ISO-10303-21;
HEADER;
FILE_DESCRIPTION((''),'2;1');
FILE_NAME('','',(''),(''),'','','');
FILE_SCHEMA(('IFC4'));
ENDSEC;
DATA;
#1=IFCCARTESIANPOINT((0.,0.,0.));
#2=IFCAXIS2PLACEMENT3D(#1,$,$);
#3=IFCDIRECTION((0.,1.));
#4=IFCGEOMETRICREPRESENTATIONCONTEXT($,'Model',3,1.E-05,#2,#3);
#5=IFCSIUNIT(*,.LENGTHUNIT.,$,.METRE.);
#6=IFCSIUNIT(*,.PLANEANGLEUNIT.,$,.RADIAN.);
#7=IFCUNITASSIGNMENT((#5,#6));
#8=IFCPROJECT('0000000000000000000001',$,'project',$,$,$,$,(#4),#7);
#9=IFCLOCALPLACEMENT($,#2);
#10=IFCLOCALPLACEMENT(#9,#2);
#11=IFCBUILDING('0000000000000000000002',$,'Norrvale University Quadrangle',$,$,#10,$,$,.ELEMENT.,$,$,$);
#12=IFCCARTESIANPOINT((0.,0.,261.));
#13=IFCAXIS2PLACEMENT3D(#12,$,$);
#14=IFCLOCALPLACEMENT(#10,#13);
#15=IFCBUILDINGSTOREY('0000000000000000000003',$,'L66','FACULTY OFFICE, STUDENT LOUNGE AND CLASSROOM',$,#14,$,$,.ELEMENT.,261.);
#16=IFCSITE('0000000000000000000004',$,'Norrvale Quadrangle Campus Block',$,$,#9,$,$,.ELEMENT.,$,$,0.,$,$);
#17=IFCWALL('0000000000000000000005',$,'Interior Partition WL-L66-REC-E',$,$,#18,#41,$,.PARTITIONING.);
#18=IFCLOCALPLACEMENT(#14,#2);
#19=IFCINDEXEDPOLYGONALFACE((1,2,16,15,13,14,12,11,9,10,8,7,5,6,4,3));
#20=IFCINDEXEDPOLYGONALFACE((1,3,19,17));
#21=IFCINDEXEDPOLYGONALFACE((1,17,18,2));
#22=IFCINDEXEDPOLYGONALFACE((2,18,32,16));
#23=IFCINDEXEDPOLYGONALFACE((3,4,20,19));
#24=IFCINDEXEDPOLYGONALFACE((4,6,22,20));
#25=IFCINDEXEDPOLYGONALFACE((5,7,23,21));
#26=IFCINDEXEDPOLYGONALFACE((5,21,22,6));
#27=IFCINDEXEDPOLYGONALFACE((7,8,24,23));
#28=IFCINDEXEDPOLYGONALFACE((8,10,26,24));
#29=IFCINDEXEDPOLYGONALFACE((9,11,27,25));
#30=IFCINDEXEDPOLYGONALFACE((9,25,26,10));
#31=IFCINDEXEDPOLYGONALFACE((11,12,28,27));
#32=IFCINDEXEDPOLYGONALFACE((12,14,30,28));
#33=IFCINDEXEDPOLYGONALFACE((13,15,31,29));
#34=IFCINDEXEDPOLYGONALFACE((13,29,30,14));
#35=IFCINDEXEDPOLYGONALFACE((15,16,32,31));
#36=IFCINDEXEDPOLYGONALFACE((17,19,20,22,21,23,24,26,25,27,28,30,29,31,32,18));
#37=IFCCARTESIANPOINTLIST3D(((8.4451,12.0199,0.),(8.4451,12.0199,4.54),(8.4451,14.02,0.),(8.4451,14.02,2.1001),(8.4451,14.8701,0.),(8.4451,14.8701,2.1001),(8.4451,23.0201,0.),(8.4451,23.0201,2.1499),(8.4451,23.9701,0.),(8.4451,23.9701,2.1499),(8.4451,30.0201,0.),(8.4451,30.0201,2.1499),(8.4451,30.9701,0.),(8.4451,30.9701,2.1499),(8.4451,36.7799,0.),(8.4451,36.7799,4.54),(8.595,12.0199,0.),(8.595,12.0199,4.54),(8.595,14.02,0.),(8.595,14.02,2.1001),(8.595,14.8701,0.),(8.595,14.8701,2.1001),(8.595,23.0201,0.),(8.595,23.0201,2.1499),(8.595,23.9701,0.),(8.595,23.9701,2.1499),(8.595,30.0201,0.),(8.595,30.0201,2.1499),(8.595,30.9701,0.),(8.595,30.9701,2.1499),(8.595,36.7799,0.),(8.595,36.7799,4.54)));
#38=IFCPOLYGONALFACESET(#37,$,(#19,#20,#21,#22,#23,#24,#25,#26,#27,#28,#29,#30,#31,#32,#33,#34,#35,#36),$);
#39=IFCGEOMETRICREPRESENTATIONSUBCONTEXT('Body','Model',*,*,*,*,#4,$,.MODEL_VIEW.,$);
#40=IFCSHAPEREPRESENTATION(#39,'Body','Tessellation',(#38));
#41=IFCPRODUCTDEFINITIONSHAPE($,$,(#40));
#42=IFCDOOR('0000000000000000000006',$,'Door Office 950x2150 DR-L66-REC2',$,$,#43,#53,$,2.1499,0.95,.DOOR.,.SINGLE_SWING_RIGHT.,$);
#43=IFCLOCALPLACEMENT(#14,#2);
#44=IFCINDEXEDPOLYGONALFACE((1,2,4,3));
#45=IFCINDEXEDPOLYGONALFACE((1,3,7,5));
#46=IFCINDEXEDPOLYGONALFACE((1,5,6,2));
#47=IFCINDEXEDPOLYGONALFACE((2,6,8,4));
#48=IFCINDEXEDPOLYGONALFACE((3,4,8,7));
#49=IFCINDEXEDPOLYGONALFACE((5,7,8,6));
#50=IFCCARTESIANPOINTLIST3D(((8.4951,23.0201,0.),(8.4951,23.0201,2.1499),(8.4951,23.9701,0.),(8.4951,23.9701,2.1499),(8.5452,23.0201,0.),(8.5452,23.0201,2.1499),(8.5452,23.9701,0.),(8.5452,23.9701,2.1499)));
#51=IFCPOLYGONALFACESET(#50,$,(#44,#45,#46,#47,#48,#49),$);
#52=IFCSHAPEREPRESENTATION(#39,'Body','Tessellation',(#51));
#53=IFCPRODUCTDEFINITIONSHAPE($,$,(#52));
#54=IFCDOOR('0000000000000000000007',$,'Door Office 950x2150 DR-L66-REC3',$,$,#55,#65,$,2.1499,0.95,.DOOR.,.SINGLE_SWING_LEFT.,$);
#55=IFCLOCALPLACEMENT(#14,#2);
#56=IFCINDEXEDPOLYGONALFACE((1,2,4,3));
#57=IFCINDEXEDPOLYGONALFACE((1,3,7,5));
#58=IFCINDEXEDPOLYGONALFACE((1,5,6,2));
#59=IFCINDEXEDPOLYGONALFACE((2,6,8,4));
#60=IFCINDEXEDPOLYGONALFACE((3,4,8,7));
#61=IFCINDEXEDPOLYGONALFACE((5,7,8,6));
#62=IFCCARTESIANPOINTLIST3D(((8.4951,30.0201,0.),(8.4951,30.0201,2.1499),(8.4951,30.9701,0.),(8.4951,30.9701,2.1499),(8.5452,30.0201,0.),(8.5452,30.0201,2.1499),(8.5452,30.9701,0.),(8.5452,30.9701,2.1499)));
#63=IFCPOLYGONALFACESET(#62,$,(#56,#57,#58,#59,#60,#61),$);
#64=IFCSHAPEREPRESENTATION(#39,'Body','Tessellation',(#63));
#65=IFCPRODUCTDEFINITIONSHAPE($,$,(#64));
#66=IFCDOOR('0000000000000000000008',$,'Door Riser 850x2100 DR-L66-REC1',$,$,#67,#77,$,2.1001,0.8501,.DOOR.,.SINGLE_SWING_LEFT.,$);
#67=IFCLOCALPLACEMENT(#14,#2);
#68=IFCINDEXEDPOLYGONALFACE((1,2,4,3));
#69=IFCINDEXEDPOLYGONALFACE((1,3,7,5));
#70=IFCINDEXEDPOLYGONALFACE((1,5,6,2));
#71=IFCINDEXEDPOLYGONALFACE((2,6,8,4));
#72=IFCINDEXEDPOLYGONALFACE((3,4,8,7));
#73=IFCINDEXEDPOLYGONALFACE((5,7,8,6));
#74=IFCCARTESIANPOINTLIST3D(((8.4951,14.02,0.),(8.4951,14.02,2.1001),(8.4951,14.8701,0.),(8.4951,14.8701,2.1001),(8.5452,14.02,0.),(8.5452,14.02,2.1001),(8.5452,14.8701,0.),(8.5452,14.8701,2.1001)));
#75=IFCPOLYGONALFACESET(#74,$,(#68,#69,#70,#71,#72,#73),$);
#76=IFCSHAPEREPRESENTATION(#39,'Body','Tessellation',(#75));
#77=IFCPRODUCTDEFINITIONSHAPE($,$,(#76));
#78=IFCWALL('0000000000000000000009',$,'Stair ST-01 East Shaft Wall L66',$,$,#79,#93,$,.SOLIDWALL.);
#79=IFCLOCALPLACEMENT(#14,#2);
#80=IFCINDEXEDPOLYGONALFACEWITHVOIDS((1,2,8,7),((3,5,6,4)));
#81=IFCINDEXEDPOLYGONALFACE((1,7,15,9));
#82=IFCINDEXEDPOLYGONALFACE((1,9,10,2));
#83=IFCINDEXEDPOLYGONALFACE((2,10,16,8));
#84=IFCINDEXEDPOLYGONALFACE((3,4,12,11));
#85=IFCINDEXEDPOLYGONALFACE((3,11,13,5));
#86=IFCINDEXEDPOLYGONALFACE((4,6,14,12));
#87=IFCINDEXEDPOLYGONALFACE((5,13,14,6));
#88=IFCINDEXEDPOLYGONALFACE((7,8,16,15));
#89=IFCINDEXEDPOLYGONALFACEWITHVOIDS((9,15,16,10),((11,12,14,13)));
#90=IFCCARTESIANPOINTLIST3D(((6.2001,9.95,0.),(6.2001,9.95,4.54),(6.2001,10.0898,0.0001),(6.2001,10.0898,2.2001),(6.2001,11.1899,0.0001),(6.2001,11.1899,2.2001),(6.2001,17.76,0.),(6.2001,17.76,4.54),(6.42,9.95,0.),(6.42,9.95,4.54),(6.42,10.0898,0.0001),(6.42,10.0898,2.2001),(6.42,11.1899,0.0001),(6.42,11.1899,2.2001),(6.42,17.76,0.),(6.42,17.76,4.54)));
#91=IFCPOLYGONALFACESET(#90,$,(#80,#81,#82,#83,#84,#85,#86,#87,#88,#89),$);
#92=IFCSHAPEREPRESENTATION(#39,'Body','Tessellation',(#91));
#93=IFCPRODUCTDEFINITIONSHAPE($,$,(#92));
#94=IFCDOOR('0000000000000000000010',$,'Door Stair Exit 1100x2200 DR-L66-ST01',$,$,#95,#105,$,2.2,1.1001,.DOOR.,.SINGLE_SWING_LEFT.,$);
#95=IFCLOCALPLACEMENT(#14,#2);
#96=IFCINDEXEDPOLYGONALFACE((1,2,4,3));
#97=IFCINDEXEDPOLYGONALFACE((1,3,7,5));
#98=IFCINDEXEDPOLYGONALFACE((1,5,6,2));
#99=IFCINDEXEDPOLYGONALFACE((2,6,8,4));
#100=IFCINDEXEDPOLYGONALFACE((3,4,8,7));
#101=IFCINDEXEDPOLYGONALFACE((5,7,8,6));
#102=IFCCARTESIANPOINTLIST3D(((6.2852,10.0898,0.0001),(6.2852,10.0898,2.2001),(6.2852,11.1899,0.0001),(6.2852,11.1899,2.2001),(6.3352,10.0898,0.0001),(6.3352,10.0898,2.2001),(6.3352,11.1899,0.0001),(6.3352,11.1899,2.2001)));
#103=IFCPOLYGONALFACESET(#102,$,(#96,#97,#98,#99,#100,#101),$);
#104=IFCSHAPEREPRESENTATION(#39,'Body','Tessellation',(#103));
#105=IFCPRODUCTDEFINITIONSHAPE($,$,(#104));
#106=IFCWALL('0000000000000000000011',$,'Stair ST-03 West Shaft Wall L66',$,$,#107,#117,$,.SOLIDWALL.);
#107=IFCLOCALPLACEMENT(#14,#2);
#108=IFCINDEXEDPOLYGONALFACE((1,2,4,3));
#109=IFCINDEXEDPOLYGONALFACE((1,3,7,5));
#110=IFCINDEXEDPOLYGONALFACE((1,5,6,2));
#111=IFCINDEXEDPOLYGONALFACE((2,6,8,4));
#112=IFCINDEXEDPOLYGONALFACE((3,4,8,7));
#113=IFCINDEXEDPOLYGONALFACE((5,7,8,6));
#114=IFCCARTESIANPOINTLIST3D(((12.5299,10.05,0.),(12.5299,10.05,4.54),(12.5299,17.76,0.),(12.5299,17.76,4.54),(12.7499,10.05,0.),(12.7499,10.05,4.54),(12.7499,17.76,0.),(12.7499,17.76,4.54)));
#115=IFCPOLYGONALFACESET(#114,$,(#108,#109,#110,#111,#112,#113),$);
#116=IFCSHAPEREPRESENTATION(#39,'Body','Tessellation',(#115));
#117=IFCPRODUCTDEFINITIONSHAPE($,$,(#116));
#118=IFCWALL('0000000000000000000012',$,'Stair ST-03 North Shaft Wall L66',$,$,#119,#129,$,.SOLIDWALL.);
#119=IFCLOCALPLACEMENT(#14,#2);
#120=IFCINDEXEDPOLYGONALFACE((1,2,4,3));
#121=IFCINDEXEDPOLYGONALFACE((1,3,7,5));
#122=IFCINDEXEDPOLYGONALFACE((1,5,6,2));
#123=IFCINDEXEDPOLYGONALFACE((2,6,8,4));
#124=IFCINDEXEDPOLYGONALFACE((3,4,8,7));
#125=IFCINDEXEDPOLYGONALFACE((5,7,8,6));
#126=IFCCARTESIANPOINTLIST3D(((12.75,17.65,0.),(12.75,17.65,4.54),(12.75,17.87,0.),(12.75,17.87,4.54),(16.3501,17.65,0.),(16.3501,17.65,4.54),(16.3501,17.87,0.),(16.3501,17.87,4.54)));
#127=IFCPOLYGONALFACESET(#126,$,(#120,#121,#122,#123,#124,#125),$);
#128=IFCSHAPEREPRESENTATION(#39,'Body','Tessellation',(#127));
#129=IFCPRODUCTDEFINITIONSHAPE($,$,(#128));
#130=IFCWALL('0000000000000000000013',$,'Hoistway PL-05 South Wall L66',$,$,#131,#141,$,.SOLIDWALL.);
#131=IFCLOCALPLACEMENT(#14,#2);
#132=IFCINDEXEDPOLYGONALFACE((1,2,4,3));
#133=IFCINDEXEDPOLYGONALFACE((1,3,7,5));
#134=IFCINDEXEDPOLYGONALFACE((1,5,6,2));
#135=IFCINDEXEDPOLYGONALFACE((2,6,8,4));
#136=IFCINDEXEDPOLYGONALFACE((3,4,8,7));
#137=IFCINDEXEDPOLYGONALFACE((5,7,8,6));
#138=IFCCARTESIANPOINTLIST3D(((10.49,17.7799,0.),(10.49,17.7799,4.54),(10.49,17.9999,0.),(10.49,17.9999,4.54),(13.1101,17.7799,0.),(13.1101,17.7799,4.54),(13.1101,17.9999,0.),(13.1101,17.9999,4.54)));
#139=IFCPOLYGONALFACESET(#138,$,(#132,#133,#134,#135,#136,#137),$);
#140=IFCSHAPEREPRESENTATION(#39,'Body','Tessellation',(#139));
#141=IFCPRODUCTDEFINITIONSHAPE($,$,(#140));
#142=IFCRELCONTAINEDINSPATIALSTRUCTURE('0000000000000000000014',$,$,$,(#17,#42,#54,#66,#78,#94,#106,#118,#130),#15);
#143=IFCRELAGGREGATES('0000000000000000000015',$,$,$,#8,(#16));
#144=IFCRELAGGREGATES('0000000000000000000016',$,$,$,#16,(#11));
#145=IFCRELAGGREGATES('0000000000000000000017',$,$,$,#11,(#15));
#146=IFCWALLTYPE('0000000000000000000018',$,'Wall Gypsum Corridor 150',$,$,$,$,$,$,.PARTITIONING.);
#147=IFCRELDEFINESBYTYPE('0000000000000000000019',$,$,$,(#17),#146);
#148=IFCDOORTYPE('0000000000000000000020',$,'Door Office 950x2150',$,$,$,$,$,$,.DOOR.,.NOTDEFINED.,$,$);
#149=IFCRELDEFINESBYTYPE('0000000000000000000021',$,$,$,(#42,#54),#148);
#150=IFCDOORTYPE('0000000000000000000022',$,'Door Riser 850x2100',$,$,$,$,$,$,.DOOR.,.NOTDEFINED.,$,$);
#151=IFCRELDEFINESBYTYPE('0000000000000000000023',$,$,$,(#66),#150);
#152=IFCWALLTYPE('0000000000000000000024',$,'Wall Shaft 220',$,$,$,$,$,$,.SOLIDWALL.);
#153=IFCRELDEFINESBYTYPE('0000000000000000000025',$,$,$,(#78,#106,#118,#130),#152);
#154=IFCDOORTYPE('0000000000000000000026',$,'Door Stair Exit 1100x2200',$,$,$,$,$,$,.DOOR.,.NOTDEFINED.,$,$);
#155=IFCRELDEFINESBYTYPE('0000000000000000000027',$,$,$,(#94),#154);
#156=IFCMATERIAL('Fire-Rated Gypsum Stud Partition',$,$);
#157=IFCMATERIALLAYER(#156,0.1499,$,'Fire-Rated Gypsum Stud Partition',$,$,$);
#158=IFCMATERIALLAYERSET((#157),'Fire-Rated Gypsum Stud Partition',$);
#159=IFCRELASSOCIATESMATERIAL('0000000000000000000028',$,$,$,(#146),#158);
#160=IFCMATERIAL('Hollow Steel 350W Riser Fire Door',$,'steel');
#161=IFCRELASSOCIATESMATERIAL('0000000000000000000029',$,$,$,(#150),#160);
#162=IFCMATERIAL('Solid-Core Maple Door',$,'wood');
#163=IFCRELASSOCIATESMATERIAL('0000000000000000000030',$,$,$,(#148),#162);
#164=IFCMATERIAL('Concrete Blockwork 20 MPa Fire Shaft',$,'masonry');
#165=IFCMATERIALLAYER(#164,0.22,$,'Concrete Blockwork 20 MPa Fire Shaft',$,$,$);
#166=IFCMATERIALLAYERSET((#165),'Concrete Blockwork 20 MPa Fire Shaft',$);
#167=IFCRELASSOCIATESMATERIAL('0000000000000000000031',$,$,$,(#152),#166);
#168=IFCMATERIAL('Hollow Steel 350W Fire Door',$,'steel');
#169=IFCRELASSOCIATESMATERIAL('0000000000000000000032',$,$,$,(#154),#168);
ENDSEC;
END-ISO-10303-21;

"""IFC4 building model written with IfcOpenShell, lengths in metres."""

from ifc_helpers import new_model, si_unit, direction, frame, frame_2d, origin, place, context, subcontext, project, spatial, rectangle, extrude, material, layer, layer_set, type_object, element, fill, save


model = new_model("IFC4")

# Units and contexts
model_context = context("Model", 3, precision=1e-05, world=origin(), true_north=direction((0.0, 1.0)))
body_context = subcontext(model_context, "Body", "Model", "MODEL_VIEW")
ifc_project = project(units=[si_unit("LENGTHUNIT", "METRE"), si_unit("PLANEANGLEUNIT", "RADIAN")], contexts=[model_context])

# Site, building, storey
site_placement = place(None, origin())
site = spatial("IfcSite", under=ifc_project, at=site_placement, Name="Norrvale Quadrangle Campus Block", CompositionType="ELEMENT", RefElevation=0.0)
building_placement = place(site_placement, origin())
building = spatial("IfcBuilding", under=site, at=building_placement, Name="Norrvale University Quadrangle", CompositionType="ELEMENT")
storey_placement = place(building_placement, frame((0.0, 0.0, 261.0)))
storey = spatial("IfcBuildingStorey", under=building, at=storey_placement, Name="L66", Description="FACULTY OFFICE, STUDENT LOUNGE AND CLASSROOM", CompositionType="ELEMENT", Elevation=261.0)

# Shared definitions
ifc_material_1 = material(Name="Fire-Rated Gypsum Stud Partition")
ifc_layer_1 = layer(ifc_material_1, 0.1499, Name="Fire-Rated Gypsum Stud Partition")
ifc_layer_set_1 = layer_set([ifc_layer_1], Name="Fire-Rated Gypsum Stud Partition")
wall_type_1 = type_object("IfcWallType", Name="Wall Gypsum Corridor 150", PredefinedType="PARTITIONING", material=ifc_layer_set_1)
ifc_material_2 = material(Name="Hollow Steel 350W Riser Fire Door", Category="steel")
door_type_1 = type_object("IfcDoorType", Name="Door Riser 850x2100", OperationType="NOTDEFINED", PredefinedType="DOOR", material=ifc_material_2)

# Wall, openings, doors
wall_1_placement = place(storey_placement, frame((8.52, 12.02, 0.0), z_axis=(0.0, 0.0, 1.0), x_axis=(0.0, 1.0, 0.0)))
wall_1 = element("IfcWall", 1, at=wall_1_placement, inside=storey, type_object=wall_type_1, Name="Interior Partition WL-L66-REC-E", PredefinedType="PARTITIONING", context=body_context, shape_type="SweptSolid", body=[
    extrude(rectangle(XDim=24.76, YDim=0.1499, at=frame_2d((12.3799, 0.0))), origin(), (0.0, 0.0, 1.0), 4.54),
])
opening_1_placement = place(wall_1_placement, frame((2.0, 0.0, 0.0)))
opening_1 = element("IfcOpeningElement", 2, at=opening_1_placement, cuts=wall_1, PredefinedType="OPENING", context=body_context, shape_type="SweptSolid", body=[
    extrude(rectangle(XDim=0.8501, YDim=2.1001, at=frame_2d((0.425, 1.05))), frame((0.0, 0.0869, 0.0), z_axis=(0.0, -1.0, 0.0), x_axis=(1.0, 0.0, 0.0)), (0.0, 0.0, 1.0), 0.1738),
])
opening_2_placement = place(wall_1_placement, frame((11.0, 0.0, 0.0)))
opening_2 = element("IfcOpeningElement", 3, at=opening_2_placement, cuts=wall_1, PredefinedType="OPENING", context=body_context, shape_type="SweptSolid", body=[
    extrude(rectangle(XDim=0.95, YDim=2.1499, at=frame_2d((0.4751, 1.075))), frame((0.0, 0.0869, 0.0), z_axis=(0.0, -1.0, 0.0), x_axis=(1.0, 0.0, 0.0)), (0.0, 0.0, 1.0), 0.1738),
])
opening_3_placement = place(wall_1_placement, frame((18.0, 0.0, 0.0)))
opening_3 = element("IfcOpeningElement", 4, at=opening_3_placement, cuts=wall_1, PredefinedType="OPENING", context=body_context, shape_type="SweptSolid", body=[
    extrude(rectangle(XDim=0.95, YDim=2.1499, at=frame_2d((0.4751, 1.075))), frame((0.0, 0.0869, 0.0), z_axis=(0.0, -1.0, 0.0), x_axis=(1.0, 0.0, 0.0)), (0.0, 0.0, 1.0), 0.1738),
])
ifc_material_3 = material(Name="Solid-Core Maple Door", Category="wood")
door_type_2 = type_object("IfcDoorType", Name="Door Office 950x2150", OperationType="NOTDEFINED", PredefinedType="DOOR", material=ifc_material_3)
door_1_placement = place(opening_2_placement, origin())
door_1 = element("IfcDoor", 5, at=door_1_placement, inside=storey, type_object=door_type_2, Name="Door Office 950x2150 DR-L66-REC2", OperationType="SINGLE_SWING_RIGHT", OverallHeight=2.1499, OverallWidth=0.95, PredefinedType="DOOR", context=body_context, shape_type="SweptSolid", body=[
    extrude(rectangle(XDim=0.95, YDim=2.1499, at=frame_2d((0.4751, 1.075))), frame((0.0, 0.0249, 0.0), z_axis=(0.0, -1.0, 0.0), x_axis=(1.0, 0.0, 0.0)), (0.0, 0.0, 1.0), 0.05),
])
fill(opening_2, door_1)
door_2_placement = place(opening_3_placement, origin())
door_2 = element("IfcDoor", 6, at=door_2_placement, inside=storey, type_object=door_type_2, Name="Door Office 950x2150 DR-L66-REC3", OperationType="SINGLE_SWING_LEFT", OverallHeight=2.1499, OverallWidth=0.95, PredefinedType="DOOR", context=body_context, shape_type="SweptSolid", body=[
    extrude(rectangle(XDim=0.95, YDim=2.1499, at=frame_2d((0.4751, 1.075))), frame((0.0, 0.0249, 0.0), z_axis=(0.0, -1.0, 0.0), x_axis=(1.0, 0.0, 0.0)), (0.0, 0.0, 1.0), 0.05),
])
fill(opening_3, door_2)
door_3_placement = place(opening_1_placement, origin())
door_3 = element("IfcDoor", 7, at=door_3_placement, inside=storey, type_object=door_type_1, Name="Door Riser 850x2100 DR-L66-REC1", OperationType="SINGLE_SWING_LEFT", OverallHeight=2.1001, OverallWidth=0.8501, PredefinedType="DOOR", context=body_context, shape_type="SweptSolid", body=[
    extrude(rectangle(XDim=0.8501, YDim=2.1001, at=frame_2d((0.425, 1.05))), frame((0.0, 0.0249, 0.0), z_axis=(0.0, -1.0, 0.0), x_axis=(1.0, 0.0, 0.0)), (0.0, 0.0, 1.0), 0.05),
])
fill(opening_1, door_3)

# Wall, opening, door
ifc_material_4 = material(Name="Concrete Blockwork 20 MPa Fire Shaft", Category="masonry")
ifc_layer_2 = layer(ifc_material_4, 0.22, Name="Concrete Blockwork 20 MPa Fire Shaft")
ifc_layer_set_2 = layer_set([ifc_layer_2], Name="Concrete Blockwork 20 MPa Fire Shaft")
wall_type_2 = type_object("IfcWallType", Name="Wall Shaft 220", PredefinedType="SOLIDWALL", material=ifc_layer_set_2)
wall_2_placement = place(storey_placement, frame((6.3101, 9.95, 0.0), z_axis=(0.0, 0.0, 1.0), x_axis=(0.0, 1.0, 0.0)))
wall_2 = element("IfcWall", 8, at=wall_2_placement, inside=storey, type_object=wall_type_2, Name="Stair ST-01 East Shaft Wall L66", PredefinedType="SOLIDWALL", context=body_context, shape_type="SweptSolid", body=[
    extrude(rectangle(XDim=7.8101, YDim=0.22, at=frame_2d((3.905, 0.0))), origin(), (0.0, 0.0, 1.0), 4.54),
])
opening_4_placement = place(wall_2_placement, frame((0.1399, 0.0, 0.0)))
opening_4 = element("IfcOpeningElement", 9, at=opening_4_placement, cuts=wall_2, PredefinedType="OPENING", context=body_context, shape_type="SweptSolid", body=[
    extrude(rectangle(XDim=1.1001, YDim=2.2, at=frame_2d((0.55, 1.1001))), frame((0.0, 0.1221, 0.0), z_axis=(0.0, -1.0, 0.0), x_axis=(1.0, 0.0, 0.0)), (0.0, 0.0, 1.0), 0.2439),
])
ifc_material_5 = material(Name="Hollow Steel 350W Fire Door", Category="steel")
door_type_3 = type_object("IfcDoorType", Name="Door Stair Exit 1100x2200", OperationType="NOTDEFINED", PredefinedType="DOOR", material=ifc_material_5)
door_4_placement = place(opening_4_placement, origin())
door_4 = element("IfcDoor", 10, at=door_4_placement, inside=storey, type_object=door_type_3, Name="Door Stair Exit 1100x2200 DR-L66-ST01", OperationType="SINGLE_SWING_LEFT", OverallHeight=2.2, OverallWidth=1.1001, PredefinedType="DOOR", context=body_context, shape_type="SweptSolid", body=[
    extrude(rectangle(XDim=1.1001, YDim=2.2, at=frame_2d((0.55, 1.1001))), frame((0.0, 0.0249, 0.0), z_axis=(0.0, -1.0, 0.0), x_axis=(1.0, 0.0, 0.0)), (0.0, 0.0, 1.0), 0.05),
])
fill(opening_4, door_4)

# Walls
wall_3_placement = place(storey_placement, frame((12.6399, 10.05, 0.0), z_axis=(0.0, 0.0, 1.0), x_axis=(0.0, 1.0, 0.0)))
element("IfcWall", 11, at=wall_3_placement, inside=storey, type_object=wall_type_2, Name="Stair ST-03 West Shaft Wall L66", PredefinedType="SOLIDWALL", context=body_context, shape_type="SweptSolid", body=[
    extrude(rectangle(XDim=7.71, YDim=0.22, at=frame_2d((3.855, 0.0))), origin(), (0.0, 0.0, 1.0), 4.54),
])
wall_4_placement = place(storey_placement, frame((12.75, 17.76, 0.0), z_axis=(0.0, 0.0, 1.0), x_axis=(1.0, 0.0, 0.0)))
element("IfcWall", 12, at=wall_4_placement, inside=storey, type_object=wall_type_2, Name="Stair ST-03 North Shaft Wall L66", PredefinedType="SOLIDWALL", context=body_context, shape_type="SweptSolid", body=[
    extrude(rectangle(XDim=3.6001, YDim=0.22, at=frame_2d((1.8, 0.0))), origin(), (0.0, 0.0, 1.0), 4.54),
])
wall_5_placement = place(storey_placement, frame((10.49, 17.8899, 0.0), z_axis=(0.0, 0.0, 1.0), x_axis=(1.0, 0.0, 0.0)))
element("IfcWall", 13, at=wall_5_placement, inside=storey, type_object=wall_type_2, Name="Hoistway PL-05 South Wall L66", PredefinedType="SOLIDWALL", context=body_context, shape_type="SweptSolid", body=[
    extrude(rectangle(XDim=2.6201, YDim=0.22, at=frame_2d((1.3101, 0.0))), origin(), (0.0, 0.0, 1.0), 4.54),
])

save(model, "model.ifc")
